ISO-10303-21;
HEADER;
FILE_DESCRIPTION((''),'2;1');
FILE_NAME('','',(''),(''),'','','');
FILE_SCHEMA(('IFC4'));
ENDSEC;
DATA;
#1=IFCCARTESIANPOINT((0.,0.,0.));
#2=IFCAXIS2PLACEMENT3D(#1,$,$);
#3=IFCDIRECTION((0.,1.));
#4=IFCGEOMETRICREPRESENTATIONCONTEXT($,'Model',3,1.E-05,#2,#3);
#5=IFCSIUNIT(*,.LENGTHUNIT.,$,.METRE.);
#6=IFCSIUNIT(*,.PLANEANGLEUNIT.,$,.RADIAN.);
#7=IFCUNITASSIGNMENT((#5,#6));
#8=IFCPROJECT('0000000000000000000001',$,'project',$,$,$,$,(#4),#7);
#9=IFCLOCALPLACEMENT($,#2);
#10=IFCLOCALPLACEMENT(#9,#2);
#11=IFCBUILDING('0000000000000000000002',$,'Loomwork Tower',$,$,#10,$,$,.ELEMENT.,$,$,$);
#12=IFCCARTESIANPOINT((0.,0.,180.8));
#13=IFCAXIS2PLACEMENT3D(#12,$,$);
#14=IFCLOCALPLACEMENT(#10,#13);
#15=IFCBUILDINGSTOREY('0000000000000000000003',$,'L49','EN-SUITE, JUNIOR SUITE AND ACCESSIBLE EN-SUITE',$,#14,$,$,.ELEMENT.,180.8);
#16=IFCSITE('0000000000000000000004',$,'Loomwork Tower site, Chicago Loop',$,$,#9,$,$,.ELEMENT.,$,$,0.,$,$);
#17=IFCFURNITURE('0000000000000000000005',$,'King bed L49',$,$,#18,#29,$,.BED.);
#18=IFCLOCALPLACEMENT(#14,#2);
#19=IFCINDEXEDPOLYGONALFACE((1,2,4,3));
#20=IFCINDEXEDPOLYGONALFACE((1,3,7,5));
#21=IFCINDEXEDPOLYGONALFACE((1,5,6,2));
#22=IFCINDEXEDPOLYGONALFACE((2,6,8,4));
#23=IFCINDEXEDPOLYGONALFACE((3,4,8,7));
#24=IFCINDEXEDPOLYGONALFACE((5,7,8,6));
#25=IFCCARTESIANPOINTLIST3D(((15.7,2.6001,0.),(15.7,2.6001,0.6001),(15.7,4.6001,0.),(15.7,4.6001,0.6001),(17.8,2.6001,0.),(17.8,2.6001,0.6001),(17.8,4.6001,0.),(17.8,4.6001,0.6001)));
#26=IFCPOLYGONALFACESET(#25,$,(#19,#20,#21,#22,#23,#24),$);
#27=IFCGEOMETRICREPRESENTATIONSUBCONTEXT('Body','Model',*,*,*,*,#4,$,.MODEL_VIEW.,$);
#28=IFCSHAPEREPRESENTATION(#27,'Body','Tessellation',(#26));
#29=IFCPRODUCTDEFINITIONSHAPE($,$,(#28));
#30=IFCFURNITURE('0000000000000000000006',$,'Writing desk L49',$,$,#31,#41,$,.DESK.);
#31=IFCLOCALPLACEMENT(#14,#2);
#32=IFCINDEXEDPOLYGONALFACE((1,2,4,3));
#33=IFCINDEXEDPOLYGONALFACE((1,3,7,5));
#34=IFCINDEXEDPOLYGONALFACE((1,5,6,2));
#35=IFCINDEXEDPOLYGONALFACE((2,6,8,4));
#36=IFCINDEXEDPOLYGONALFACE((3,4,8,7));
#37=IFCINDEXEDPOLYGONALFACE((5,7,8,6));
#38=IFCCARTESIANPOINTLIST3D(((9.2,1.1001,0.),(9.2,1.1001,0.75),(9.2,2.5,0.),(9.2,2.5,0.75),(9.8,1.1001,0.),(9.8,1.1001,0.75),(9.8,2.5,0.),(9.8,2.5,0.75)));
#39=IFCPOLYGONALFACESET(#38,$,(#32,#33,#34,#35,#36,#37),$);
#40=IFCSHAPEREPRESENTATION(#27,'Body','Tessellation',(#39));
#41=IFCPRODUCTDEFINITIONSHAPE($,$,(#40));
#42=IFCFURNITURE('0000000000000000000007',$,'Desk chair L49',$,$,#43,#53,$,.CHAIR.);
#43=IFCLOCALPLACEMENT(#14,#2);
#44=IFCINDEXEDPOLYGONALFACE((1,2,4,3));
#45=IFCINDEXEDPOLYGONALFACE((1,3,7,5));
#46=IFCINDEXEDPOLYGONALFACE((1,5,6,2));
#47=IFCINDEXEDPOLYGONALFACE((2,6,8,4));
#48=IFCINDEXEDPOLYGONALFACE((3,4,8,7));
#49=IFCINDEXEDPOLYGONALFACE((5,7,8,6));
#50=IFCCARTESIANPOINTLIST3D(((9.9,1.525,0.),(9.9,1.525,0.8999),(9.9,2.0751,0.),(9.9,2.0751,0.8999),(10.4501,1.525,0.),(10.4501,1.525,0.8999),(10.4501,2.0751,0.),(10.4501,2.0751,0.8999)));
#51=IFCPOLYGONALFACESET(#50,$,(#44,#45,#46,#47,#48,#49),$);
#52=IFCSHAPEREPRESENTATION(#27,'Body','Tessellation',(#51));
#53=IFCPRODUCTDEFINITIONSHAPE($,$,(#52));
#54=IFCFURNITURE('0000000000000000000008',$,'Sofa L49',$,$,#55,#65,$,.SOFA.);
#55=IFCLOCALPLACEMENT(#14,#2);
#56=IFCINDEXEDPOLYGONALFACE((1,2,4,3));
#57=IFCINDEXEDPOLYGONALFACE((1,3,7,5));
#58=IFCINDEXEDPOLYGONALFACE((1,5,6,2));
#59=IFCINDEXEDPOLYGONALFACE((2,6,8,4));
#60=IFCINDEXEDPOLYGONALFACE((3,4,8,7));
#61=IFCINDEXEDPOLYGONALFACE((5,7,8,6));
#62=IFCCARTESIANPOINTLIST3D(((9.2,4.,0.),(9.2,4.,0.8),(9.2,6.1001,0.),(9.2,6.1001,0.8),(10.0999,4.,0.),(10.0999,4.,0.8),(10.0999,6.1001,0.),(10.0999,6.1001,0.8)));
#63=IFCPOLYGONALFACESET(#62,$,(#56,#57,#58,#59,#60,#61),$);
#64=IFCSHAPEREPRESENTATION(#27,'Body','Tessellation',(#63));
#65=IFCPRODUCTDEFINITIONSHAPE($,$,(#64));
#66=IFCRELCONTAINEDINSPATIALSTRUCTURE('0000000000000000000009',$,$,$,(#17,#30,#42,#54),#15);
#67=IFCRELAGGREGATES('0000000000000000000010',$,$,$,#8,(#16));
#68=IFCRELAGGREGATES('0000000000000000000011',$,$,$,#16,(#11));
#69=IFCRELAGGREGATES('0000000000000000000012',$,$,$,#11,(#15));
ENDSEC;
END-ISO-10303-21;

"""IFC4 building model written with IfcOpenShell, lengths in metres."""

from ifc_helpers import new_model, si_unit, direction, frame, origin, origin_2d, place, context, subcontext, project, spatial, rectangle, extrude, element, save


model = new_model("IFC4")

# Units and contexts
model_context = context("Model", 3, precision=1e-05, world=origin(), true_north=direction((0.0, 1.0)))
body_context = subcontext(model_context, "Body", "Model", "MODEL_VIEW")
ifc_project = project(units=[si_unit("LENGTHUNIT", "METRE"), si_unit("PLANEANGLEUNIT", "RADIAN")], contexts=[model_context])

# Site, building, storey
site_placement = place(None, origin())
site = spatial("IfcSite", under=ifc_project, at=site_placement, Name="Loomwork Tower site, Chicago Loop", CompositionType="ELEMENT", RefElevation=0.0)
building_placement = place(site_placement, origin())
building = spatial("IfcBuilding", under=site, at=building_placement, Name="Loomwork Tower", CompositionType="ELEMENT")
storey_placement = place(building_placement, frame((0.0, 0.0, 180.8)))
storey = spatial("IfcBuildingStorey", under=building, at=storey_placement, Name="L49", Description="EN-SUITE, JUNIOR SUITE AND ACCESSIBLE EN-SUITE", CompositionType="ELEMENT", Elevation=180.8)

# Furniture
furniture_1_placement = place(storey_placement, frame((16.75, 3.6001, 0.0), z_axis=(0.0, 0.0, 1.0), x_axis=(1.0, 0.0, 0.0)))
element("IfcFurniture", 1, at=furniture_1_placement, inside=storey, Name="King bed L49", PredefinedType="BED", context=body_context, shape_type="SweptSolid", body=[
    extrude(rectangle(XDim=2.1001, YDim=2.0, at=origin_2d()), origin(), (0.0, 0.0, 1.0), 0.6001),
])
furniture_2_placement = place(storey_placement, frame((9.5, 1.8, 0.0), z_axis=(0.0, 0.0, 1.0), x_axis=(1.0, 0.0, 0.0)))
element("IfcFurniture", 2, at=furniture_2_placement, inside=storey, Name="Writing desk L49", PredefinedType="DESK", context=body_context, shape_type="SweptSolid", body=[
    extrude(rectangle(XDim=0.6001, YDim=1.3999, at=origin_2d()), origin(), (0.0, 0.0, 1.0), 0.75),
])
furniture_3_placement = place(storey_placement, frame((10.175, 1.8, 0.0), z_axis=(0.0, 0.0, 1.0), x_axis=(1.0, 0.0, 0.0)))
element("IfcFurniture", 3, at=furniture_3_placement, inside=storey, Name="Desk chair L49", PredefinedType="CHAIR", context=body_context, shape_type="SweptSolid", body=[
    extrude(rectangle(XDim=0.55, YDim=0.55, at=origin_2d()), origin(), (0.0, 0.0, 1.0), 0.8999),
])
furniture_4_placement = place(storey_placement, frame((9.6499, 5.05, 0.0), z_axis=(0.0, 0.0, 1.0), x_axis=(1.0, 0.0, 0.0)))
element("IfcFurniture", 4, at=furniture_4_placement, inside=storey, Name="Sofa L49", PredefinedType="SOFA", context=body_context, shape_type="SweptSolid", body=[
    extrude(rectangle(XDim=0.8999, YDim=2.1001, at=origin_2d()), origin(), (0.0, 0.0, 1.0), 0.8),
])

save(model, "model.ifc")
